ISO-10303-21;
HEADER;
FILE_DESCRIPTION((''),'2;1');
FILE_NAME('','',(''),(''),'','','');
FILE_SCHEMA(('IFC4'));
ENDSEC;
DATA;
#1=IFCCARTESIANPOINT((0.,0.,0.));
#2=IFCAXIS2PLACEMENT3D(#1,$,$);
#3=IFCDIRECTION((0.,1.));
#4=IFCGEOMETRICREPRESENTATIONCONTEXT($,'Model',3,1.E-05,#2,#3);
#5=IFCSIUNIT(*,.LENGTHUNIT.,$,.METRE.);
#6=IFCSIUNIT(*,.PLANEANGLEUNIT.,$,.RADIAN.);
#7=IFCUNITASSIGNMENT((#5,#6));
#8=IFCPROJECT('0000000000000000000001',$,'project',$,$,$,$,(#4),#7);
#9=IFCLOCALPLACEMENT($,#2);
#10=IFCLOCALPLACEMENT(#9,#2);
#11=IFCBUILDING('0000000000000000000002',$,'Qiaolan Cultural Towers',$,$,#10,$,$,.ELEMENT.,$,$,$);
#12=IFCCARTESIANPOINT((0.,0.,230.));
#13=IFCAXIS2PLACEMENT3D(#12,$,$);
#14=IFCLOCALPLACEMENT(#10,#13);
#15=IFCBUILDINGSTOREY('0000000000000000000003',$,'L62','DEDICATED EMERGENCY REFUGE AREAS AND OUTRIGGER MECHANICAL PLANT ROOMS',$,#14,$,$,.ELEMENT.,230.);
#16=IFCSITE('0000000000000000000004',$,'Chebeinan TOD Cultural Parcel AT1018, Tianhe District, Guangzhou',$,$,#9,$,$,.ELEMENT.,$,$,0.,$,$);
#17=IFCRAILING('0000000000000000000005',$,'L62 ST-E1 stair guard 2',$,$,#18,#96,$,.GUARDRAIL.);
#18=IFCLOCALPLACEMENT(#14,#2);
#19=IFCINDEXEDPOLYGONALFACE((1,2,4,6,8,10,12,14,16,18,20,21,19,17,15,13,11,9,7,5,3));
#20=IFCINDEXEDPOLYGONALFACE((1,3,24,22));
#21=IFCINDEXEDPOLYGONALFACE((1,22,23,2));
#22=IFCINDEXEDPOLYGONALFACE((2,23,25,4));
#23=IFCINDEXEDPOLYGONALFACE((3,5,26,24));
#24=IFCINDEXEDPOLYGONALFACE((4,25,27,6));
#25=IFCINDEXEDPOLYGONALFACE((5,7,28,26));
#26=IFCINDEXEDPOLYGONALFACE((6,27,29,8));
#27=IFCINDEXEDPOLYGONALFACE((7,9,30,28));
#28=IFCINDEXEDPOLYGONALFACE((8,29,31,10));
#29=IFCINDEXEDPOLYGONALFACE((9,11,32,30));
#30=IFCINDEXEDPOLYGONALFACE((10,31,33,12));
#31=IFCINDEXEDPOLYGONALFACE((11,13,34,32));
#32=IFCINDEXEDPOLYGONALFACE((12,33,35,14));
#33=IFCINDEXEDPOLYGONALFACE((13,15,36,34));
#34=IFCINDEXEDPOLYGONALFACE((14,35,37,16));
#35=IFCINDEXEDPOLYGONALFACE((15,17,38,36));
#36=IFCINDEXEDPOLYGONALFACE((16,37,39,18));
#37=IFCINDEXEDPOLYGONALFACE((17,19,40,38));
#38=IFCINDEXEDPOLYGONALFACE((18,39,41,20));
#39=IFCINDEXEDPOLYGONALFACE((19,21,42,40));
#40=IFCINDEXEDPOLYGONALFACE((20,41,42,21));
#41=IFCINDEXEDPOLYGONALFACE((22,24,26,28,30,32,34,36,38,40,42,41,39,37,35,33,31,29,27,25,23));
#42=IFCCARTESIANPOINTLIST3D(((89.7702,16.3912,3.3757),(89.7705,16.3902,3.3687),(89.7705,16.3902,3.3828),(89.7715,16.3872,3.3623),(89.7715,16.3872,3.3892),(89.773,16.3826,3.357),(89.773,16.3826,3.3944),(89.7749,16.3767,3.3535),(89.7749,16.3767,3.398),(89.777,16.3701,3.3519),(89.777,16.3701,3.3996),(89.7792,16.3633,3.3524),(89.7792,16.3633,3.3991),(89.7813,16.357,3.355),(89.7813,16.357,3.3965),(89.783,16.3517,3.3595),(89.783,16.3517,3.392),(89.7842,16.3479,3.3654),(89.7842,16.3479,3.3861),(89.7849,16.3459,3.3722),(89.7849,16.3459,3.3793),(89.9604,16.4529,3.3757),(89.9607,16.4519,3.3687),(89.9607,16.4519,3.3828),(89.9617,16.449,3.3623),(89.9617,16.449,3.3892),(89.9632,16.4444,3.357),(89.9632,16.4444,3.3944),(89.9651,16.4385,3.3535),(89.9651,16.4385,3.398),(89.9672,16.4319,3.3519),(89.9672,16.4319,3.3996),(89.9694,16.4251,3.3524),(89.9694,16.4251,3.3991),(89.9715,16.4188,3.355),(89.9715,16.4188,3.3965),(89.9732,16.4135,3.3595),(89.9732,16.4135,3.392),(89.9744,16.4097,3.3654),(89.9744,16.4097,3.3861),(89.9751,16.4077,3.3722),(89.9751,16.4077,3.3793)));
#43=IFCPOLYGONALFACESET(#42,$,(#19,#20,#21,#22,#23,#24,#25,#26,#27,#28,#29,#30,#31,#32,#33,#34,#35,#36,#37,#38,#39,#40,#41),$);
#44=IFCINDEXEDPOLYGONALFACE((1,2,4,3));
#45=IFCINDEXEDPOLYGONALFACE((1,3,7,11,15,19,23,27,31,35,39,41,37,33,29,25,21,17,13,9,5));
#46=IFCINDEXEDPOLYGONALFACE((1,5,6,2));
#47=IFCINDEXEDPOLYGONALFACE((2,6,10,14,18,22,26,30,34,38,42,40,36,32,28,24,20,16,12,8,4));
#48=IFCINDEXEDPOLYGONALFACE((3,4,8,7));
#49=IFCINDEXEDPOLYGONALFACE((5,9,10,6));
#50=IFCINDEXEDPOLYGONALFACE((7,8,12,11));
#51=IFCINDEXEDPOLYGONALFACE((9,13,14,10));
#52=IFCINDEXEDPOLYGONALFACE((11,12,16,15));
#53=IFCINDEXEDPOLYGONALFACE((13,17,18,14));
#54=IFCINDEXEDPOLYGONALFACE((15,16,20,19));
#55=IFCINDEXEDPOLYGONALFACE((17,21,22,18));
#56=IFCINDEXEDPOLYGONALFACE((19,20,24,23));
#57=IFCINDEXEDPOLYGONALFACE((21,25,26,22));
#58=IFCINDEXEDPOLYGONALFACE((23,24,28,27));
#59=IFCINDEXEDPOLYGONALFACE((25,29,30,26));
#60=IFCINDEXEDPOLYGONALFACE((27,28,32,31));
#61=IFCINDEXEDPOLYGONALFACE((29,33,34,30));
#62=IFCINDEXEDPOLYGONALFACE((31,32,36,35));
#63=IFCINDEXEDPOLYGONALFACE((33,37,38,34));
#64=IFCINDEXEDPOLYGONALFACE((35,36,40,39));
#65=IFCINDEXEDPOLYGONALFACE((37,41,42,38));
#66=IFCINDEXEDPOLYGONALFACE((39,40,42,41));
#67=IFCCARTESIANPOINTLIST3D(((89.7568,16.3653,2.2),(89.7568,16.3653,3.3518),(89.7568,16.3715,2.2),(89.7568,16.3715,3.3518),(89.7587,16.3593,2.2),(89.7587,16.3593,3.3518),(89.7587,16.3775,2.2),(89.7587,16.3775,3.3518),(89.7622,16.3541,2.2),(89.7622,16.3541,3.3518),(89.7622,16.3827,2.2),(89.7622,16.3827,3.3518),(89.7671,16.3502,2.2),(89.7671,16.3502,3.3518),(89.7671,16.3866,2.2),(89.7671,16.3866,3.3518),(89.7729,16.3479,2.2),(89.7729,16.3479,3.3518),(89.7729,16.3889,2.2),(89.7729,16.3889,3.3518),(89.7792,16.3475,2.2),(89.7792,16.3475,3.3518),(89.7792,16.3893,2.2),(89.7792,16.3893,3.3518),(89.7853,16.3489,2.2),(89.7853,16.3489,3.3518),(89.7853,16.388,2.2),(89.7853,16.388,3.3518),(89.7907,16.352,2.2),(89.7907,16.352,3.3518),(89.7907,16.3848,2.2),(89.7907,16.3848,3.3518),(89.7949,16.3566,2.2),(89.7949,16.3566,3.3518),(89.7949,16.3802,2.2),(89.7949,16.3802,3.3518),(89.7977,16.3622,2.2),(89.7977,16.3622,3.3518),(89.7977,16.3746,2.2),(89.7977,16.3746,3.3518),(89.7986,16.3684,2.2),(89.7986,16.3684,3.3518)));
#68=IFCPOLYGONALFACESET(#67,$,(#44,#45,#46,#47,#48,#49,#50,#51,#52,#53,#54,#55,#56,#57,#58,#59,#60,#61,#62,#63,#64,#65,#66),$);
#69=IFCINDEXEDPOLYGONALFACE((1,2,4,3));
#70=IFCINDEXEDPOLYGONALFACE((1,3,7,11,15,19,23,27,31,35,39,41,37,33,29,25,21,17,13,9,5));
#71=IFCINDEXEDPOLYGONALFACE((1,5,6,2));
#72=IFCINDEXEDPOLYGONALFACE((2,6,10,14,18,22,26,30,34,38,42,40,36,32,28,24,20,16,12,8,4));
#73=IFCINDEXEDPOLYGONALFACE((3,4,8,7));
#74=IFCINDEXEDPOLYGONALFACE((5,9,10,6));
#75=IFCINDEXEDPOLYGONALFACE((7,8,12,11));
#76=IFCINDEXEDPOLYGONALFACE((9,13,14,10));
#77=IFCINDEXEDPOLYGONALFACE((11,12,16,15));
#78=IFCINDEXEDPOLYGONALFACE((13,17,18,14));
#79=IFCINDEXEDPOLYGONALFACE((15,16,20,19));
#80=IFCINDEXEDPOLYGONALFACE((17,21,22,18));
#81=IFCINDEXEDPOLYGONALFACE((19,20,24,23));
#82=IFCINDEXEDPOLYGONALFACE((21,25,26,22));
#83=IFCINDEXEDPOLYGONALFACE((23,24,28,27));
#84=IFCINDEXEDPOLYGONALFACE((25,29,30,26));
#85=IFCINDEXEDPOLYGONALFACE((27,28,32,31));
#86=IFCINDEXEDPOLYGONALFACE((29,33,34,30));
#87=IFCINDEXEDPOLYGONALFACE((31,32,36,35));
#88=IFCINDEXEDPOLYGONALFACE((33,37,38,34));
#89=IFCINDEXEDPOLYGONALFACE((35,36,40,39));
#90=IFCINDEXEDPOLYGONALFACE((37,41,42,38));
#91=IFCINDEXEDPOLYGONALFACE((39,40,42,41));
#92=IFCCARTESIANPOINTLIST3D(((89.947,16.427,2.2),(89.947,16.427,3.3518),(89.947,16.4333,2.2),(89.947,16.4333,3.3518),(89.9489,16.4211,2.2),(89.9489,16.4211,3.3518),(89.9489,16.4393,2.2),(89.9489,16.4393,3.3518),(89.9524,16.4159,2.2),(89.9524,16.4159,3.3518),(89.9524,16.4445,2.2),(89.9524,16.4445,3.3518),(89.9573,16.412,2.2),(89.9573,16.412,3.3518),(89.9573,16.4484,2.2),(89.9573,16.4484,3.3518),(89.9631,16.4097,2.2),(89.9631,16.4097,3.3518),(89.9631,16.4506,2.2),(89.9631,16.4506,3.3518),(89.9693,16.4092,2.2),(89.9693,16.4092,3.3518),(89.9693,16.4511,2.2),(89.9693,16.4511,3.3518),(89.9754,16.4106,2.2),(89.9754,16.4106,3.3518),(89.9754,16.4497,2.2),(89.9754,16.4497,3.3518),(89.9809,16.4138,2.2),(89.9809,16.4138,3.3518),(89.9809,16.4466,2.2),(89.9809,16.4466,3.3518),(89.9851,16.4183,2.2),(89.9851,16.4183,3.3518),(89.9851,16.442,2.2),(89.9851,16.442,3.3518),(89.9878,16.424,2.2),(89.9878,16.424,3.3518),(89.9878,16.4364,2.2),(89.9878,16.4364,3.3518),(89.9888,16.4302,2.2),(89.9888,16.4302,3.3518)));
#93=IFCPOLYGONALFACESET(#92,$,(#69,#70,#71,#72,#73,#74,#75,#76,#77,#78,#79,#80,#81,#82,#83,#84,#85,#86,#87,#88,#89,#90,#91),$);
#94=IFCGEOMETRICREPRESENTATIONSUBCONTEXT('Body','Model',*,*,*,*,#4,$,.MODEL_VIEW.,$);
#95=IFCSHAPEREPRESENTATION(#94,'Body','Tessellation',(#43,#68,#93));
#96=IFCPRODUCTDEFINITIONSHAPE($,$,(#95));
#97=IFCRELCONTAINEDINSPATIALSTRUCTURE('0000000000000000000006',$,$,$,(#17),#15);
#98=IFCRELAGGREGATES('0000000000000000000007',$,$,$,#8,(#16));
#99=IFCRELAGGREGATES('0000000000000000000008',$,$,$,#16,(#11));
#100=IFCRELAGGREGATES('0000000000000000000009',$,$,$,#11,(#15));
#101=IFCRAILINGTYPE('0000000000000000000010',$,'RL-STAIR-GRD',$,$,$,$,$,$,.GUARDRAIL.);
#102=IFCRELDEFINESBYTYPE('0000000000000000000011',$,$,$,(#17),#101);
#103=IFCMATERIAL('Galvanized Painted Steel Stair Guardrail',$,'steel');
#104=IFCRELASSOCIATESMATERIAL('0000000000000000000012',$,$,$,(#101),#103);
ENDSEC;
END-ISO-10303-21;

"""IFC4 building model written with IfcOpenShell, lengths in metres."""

from ifc_helpers import new_model, si_unit, direction, frame, origin, origin_2d, place, context, subcontext, project, spatial, circle, extrude, material, type_object, element, save


model = new_model("IFC4")

# Units and contexts
model_context = context("Model", 3, precision=1e-05, world=origin(), true_north=direction((0.0, 1.0)))
body_context = subcontext(model_context, "Body", "Model", "MODEL_VIEW")
ifc_project = project(units=[si_unit("LENGTHUNIT", "METRE"), si_unit("PLANEANGLEUNIT", "RADIAN")], contexts=[model_context])

# Site, building, storey
site_placement = place(None, origin())
site = spatial("IfcSite", under=ifc_project, at=site_placement, Name="Chebeinan TOD Cultural Parcel AT1018, Tianhe District, Guangzhou", CompositionType="ELEMENT", RefElevation=0.0)
building_placement = place(site_placement, origin())
building = spatial("IfcBuilding", under=site, at=building_placement, Name="Qiaolan Cultural Towers", CompositionType="ELEMENT")
storey_placement = place(building_placement, frame((0.0, 0.0, 230.0)))
storey = spatial("IfcBuildingStorey", under=building, at=storey_placement, Name="L62", Description="DEDICATED EMERGENCY REFUGE AREAS AND OUTRIGGER MECHANICAL PLANT ROOMS", CompositionType="ELEMENT", Elevation=230.0)

# Railing
ifc_material_1 = material(Name="Galvanized Painted Steel Stair Guardrail", Category="steel")
railing_type_1 = type_object("IfcRailingType", Name="RL-STAIR-GRD", PredefinedType="GUARDRAIL", material=ifc_material_1)
railing_1_placement = place(storey_placement, frame((89.7776, 16.3684, 2.2)))
element("IfcRailing", 1, at=railing_1_placement, inside=storey, type_object=railing_type_1, Name="L62 ST-E1 stair guard 2", PredefinedType="GUARDRAIL", context=body_context, shape_type="SweptSolid", body=[
    extrude(circle(Radius=0.0239, at=origin_2d()), frame((0.0, 0.0, 1.1758), z_axis=(0.951097, 0.308893, 0.0), x_axis=(-0.308893, 0.951097, 0.0)), (0.0, 0.0, 1.0), 0.2),
    extrude(circle(Radius=0.021, at=origin_2d()), origin(), (0.0, 0.0, 1.0), 1.1519),
    extrude(circle(Radius=0.021, at=origin_2d()), frame((0.1902, 0.0618, 0.0)), (0.0, 0.0, 1.0), 1.1519),
])

save(model, "model.ifc")
